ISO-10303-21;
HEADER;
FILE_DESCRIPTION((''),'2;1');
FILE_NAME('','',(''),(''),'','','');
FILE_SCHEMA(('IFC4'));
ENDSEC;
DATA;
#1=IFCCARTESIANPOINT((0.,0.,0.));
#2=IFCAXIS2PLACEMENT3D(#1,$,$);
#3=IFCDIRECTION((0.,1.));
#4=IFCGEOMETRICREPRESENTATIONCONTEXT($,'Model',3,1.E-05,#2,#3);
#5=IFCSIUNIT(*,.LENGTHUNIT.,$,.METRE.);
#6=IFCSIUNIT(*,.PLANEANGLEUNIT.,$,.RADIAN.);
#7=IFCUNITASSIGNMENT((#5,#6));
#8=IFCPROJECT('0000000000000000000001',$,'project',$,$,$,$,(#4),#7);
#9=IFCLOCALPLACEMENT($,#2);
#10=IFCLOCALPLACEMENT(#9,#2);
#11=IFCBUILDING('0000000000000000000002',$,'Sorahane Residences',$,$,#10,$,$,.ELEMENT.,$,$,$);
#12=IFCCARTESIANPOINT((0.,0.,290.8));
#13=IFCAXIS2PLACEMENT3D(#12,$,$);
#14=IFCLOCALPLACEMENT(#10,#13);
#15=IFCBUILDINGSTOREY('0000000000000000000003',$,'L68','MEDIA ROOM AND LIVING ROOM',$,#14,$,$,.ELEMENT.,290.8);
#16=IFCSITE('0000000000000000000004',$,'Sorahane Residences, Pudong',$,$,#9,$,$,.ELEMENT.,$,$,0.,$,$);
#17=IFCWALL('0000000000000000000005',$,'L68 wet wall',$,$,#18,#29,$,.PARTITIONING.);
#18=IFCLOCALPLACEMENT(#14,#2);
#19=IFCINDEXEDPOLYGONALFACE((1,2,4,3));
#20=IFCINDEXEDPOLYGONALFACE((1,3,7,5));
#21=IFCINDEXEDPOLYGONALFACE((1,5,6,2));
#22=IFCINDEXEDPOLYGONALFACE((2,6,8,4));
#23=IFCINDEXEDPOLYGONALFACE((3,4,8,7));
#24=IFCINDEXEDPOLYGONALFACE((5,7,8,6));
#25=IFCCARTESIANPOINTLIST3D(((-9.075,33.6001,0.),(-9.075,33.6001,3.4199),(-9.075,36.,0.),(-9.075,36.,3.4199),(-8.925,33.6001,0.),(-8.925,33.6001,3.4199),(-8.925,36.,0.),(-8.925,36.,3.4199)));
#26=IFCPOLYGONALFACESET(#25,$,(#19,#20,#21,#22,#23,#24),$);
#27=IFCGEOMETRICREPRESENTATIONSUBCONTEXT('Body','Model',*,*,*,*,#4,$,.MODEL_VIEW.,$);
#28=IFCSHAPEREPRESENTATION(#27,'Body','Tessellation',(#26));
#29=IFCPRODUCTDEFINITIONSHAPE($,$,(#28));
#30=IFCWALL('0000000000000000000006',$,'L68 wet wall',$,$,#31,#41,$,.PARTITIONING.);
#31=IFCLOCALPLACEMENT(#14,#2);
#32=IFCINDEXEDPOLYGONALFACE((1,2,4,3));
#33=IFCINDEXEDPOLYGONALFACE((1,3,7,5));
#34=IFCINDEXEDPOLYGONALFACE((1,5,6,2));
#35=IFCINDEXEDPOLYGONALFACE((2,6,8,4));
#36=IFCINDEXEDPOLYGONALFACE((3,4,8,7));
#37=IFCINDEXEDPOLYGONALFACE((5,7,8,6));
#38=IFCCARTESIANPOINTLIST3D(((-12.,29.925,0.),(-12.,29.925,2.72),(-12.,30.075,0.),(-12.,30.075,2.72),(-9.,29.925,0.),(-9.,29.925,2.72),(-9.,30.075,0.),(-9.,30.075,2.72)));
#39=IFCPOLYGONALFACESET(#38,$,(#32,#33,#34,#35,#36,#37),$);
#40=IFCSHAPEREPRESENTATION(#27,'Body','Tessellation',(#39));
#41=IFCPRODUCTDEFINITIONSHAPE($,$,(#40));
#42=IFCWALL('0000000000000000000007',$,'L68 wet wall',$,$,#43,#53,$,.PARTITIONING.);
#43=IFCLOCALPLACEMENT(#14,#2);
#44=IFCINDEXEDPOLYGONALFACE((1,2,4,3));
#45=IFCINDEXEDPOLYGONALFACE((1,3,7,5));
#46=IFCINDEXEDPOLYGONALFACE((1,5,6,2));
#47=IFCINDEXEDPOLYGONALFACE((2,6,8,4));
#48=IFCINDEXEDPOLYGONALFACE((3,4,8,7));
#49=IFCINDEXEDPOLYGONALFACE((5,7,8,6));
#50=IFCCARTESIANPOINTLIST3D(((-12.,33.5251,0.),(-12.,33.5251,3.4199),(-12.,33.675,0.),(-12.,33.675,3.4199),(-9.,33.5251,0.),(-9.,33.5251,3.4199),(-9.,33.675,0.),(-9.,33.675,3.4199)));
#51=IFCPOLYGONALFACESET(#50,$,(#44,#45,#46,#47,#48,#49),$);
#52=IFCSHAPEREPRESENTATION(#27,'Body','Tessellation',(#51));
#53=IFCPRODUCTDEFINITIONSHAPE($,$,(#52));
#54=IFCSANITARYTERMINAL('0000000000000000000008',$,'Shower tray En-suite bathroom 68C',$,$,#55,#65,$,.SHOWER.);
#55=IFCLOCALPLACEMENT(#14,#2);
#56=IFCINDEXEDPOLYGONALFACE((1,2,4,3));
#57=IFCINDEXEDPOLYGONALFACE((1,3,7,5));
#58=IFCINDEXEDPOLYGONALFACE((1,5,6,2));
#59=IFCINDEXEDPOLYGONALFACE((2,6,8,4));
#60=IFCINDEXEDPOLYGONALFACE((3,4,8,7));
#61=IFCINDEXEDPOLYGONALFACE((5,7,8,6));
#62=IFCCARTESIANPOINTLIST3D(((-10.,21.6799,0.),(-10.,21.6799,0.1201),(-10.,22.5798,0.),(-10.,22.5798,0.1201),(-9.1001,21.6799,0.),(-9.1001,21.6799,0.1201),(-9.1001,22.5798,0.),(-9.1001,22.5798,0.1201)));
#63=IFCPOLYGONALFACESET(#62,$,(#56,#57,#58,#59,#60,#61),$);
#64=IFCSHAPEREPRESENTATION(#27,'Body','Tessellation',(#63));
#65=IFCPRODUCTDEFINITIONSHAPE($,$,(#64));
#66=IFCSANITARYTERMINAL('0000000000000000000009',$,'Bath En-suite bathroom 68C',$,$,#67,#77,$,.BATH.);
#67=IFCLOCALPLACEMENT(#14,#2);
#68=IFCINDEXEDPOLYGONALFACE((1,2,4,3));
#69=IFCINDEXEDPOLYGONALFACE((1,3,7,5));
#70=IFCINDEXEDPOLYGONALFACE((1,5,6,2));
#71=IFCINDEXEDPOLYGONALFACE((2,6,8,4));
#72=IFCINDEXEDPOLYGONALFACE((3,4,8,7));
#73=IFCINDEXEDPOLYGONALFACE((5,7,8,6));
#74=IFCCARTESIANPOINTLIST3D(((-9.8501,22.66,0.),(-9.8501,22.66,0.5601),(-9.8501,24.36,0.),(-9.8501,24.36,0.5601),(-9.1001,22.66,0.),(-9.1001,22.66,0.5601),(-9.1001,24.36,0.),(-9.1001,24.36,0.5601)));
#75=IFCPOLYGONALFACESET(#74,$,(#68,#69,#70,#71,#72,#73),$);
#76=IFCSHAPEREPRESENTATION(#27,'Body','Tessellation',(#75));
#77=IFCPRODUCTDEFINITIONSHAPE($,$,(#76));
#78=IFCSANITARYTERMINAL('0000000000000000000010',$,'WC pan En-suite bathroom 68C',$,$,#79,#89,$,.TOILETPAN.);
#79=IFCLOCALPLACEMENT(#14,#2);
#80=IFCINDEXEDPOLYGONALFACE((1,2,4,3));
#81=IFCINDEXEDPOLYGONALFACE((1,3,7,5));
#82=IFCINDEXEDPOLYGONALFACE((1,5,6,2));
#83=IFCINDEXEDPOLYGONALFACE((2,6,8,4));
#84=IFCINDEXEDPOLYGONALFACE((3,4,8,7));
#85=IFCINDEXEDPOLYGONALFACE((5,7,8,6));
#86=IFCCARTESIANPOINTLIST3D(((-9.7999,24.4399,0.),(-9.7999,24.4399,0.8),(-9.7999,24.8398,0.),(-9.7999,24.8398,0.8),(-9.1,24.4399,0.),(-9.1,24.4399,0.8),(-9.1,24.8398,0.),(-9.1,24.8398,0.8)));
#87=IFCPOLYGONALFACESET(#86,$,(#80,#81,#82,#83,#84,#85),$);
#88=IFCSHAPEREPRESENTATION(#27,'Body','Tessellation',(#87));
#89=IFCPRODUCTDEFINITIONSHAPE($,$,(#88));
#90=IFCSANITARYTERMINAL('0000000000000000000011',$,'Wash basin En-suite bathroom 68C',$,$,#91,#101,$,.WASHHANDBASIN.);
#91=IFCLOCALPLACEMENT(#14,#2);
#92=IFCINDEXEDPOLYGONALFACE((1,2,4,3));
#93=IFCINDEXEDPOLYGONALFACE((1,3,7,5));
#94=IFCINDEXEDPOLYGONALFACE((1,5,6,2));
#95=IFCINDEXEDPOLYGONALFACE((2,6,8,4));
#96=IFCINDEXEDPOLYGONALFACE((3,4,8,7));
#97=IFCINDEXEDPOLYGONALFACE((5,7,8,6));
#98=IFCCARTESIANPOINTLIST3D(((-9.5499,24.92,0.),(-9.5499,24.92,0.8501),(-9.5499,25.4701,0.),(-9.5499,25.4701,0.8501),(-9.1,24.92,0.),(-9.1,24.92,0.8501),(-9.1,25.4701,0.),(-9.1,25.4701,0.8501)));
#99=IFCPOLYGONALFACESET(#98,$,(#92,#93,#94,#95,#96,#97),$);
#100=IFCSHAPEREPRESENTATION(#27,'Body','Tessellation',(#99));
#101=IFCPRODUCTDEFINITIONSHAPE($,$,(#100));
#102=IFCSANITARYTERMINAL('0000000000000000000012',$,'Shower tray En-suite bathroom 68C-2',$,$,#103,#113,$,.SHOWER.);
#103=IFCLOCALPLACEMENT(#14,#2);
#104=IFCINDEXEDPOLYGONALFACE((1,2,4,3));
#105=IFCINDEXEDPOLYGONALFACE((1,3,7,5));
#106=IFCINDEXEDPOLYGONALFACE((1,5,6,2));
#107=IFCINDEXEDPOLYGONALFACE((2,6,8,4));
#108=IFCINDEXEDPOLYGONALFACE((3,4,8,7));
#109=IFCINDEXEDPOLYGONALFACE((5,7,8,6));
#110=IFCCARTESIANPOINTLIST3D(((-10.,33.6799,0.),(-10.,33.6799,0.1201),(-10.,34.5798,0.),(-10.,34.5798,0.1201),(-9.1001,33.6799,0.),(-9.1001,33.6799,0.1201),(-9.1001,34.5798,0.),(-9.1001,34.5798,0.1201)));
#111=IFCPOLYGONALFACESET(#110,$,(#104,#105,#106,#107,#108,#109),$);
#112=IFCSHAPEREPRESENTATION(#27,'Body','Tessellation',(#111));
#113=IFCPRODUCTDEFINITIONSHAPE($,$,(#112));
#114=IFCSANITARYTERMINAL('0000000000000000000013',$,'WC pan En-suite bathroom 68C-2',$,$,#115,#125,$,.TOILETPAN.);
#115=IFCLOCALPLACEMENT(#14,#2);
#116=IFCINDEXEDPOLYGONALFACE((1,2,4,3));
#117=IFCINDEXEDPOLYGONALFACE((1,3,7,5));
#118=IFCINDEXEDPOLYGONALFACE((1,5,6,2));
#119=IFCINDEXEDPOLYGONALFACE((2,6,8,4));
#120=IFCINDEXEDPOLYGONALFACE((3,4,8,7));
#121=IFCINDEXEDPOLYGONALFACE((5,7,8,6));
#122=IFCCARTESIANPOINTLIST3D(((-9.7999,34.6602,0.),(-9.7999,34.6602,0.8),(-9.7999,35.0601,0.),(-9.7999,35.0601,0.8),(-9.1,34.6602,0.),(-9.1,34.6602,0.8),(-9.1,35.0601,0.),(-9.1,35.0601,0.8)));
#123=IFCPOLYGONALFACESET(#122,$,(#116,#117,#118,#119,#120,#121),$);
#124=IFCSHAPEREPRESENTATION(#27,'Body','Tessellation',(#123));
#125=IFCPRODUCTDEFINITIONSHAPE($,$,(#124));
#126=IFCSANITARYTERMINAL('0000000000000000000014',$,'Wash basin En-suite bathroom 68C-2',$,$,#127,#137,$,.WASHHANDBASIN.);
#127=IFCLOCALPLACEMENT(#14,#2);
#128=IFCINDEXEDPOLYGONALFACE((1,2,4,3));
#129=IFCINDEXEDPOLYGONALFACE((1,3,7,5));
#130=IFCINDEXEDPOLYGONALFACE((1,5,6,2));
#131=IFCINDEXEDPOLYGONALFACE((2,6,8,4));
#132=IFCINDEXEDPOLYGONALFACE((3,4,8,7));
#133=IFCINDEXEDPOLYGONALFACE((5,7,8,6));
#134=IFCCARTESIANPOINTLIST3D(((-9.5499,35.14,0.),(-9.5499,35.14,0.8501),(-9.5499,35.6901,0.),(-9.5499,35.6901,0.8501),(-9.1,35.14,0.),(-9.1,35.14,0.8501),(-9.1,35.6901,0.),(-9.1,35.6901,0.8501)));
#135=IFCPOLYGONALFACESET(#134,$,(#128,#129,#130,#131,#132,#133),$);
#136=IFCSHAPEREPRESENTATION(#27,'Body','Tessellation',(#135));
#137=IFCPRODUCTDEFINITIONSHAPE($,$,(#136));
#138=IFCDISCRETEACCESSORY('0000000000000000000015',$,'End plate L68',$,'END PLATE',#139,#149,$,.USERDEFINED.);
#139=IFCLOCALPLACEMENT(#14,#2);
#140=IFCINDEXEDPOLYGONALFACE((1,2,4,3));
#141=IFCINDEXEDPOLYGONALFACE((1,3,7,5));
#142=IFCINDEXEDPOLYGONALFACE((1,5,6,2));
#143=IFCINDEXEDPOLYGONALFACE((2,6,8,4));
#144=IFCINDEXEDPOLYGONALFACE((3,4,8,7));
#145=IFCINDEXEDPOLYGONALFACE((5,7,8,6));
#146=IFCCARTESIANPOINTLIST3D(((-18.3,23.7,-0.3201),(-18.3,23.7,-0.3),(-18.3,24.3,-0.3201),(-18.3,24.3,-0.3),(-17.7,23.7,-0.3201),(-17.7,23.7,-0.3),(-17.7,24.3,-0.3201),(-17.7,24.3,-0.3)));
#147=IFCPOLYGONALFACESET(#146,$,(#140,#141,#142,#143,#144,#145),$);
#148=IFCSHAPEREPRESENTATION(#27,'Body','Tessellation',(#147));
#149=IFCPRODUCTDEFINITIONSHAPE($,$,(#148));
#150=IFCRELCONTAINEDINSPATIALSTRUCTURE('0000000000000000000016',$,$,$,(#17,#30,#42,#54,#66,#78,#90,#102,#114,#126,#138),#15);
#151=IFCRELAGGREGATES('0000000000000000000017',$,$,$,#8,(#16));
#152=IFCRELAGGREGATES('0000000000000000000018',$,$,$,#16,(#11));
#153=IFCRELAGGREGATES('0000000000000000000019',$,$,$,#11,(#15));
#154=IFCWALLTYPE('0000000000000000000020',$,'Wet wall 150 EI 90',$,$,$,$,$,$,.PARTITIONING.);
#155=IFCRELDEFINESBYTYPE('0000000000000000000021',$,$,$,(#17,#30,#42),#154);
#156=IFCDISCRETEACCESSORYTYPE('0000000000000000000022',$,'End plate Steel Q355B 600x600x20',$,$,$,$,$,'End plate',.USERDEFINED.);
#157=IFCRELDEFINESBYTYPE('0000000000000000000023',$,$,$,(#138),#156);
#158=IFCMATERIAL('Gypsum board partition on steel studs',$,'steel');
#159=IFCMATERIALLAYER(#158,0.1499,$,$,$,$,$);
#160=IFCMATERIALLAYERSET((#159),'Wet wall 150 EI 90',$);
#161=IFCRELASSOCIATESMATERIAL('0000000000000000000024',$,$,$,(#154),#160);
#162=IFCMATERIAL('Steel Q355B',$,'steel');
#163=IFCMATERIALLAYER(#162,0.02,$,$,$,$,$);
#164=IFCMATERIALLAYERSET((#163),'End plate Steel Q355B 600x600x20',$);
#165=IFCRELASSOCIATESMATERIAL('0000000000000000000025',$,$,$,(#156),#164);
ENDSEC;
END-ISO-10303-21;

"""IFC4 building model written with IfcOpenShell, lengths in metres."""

from ifc_helpers import new_model, si_unit, direction, frame, frame_2d, origin, origin_2d, place, context, subcontext, project, spatial, rectangle, extrude, material, layer, layer_set, type_object, element, save


model = new_model("IFC4")

# Units and contexts
model_context = context("Model", 3, precision=1e-05, world=origin(), true_north=direction((0.0, 1.0)))
body_context = subcontext(model_context, "Body", "Model", "MODEL_VIEW")
ifc_project = project(units=[si_unit("LENGTHUNIT", "METRE"), si_unit("PLANEANGLEUNIT", "RADIAN")], contexts=[model_context])

# Site, building, storey
site_placement = place(None, origin())
site = spatial("IfcSite", under=ifc_project, at=site_placement, Name="Sorahane Residences, Pudong", CompositionType="ELEMENT", RefElevation=0.0)
building_placement = place(site_placement, origin())
building = spatial("IfcBuilding", under=site, at=building_placement, Name="Sorahane Residences", CompositionType="ELEMENT")
storey_placement = place(building_placement, frame((0.0, 0.0, 290.8)))
storey = spatial("IfcBuildingStorey", under=building, at=storey_placement, Name="L68", Description="MEDIA ROOM AND LIVING ROOM", CompositionType="ELEMENT", Elevation=290.8)

# Shared definitions
ifc_material_1 = material(Name="Gypsum board partition on steel studs", Category="steel")
ifc_layer_1 = layer(ifc_material_1, 0.1499)
ifc_layer_set_1 = layer_set([ifc_layer_1], Name="Wet wall 150 EI 90")
wall_type_1 = type_object("IfcWallType", Name="Wet wall 150 EI 90", PredefinedType="PARTITIONING", material=ifc_layer_set_1)

# Walls
wall_1_placement = place(storey_placement, frame((-9.0, 33.6001, 0.0), z_axis=(0.0, 0.0, 1.0), x_axis=(0.0, 1.0, 0.0)))
element("IfcWall", 1, at=wall_1_placement, inside=storey, type_object=wall_type_1, Name="L68 wet wall", PredefinedType="PARTITIONING", context=body_context, shape_type="SweptSolid", body=[
    extrude(rectangle(XDim=2.3999, YDim=0.1499, at=frame_2d((1.2, 0.0))), origin(), (0.0, 0.0, 1.0), 3.4199),
])
wall_2_placement = place(storey_placement, frame((-12.0, 30.0, 0.0), z_axis=(0.0, 0.0, 1.0), x_axis=(1.0, 0.0, 0.0)))
element("IfcWall", 2, at=wall_2_placement, inside=storey, type_object=wall_type_1, Name="L68 wet wall", PredefinedType="PARTITIONING", context=body_context, shape_type="SweptSolid", body=[
    extrude(rectangle(XDim=3.0, YDim=0.1499, at=frame_2d((1.5, 0.0))), origin(), (0.0, 0.0, 1.0), 2.72),
])
wall_3_placement = place(storey_placement, frame((-12.0, 33.6001, 0.0), z_axis=(0.0, 0.0, 1.0), x_axis=(1.0, 0.0, 0.0)))
element("IfcWall", 3, at=wall_3_placement, inside=storey, type_object=wall_type_1, Name="L68 wet wall", PredefinedType="PARTITIONING", context=body_context, shape_type="SweptSolid", body=[
    extrude(rectangle(XDim=3.0, YDim=0.1499, at=frame_2d((1.5, 0.0))), origin(), (0.0, 0.0, 1.0), 3.4199),
])

# Sanitary terminals
sanitary_terminal_1_placement = place(storey_placement, frame((-9.55, 22.1299, 0.0), z_axis=(0.0, 0.0, 1.0), x_axis=(0.0, -1.0, 0.0)))
element("IfcSanitaryTerminal", 4, at=sanitary_terminal_1_placement, inside=storey, Name="Shower tray En-suite bathroom 68C", PredefinedType="SHOWER", context=body_context, shape_type="SweptSolid", body=[
    extrude(rectangle(XDim=0.8999, YDim=0.8999, at=origin_2d()), origin(), (0.0, 0.0, 1.0), 0.1201),
])
sanitary_terminal_2_placement = place(storey_placement, frame((-9.4751, 23.51, 0.0), z_axis=(0.0, 0.0, 1.0), x_axis=(0.0, -1.0, 0.0)))
element("IfcSanitaryTerminal", 5, at=sanitary_terminal_2_placement, inside=storey, Name="Bath En-suite bathroom 68C", PredefinedType="BATH", context=body_context, shape_type="SweptSolid", body=[
    extrude(rectangle(XDim=1.7, YDim=0.75, at=origin_2d()), origin(), (0.0, 0.0, 1.0), 0.5601),
])
sanitary_terminal_3_placement = place(storey_placement, frame((-9.45, 24.6399, 0.0), z_axis=(0.0, 0.0, 1.0), x_axis=(0.0, -1.0, 0.0)))
element("IfcSanitaryTerminal", 6, at=sanitary_terminal_3_placement, inside=storey, Name="WC pan En-suite bathroom 68C", PredefinedType="TOILETPAN", context=body_context, shape_type="SweptSolid", body=[
    extrude(rectangle(XDim=0.3999, YDim=0.7, at=origin_2d()), origin(), (0.0, 0.0, 1.0), 0.8),
])
sanitary_terminal_4_placement = place(storey_placement, frame((-9.325, 25.1951, 0.0), z_axis=(0.0, 0.0, 1.0), x_axis=(0.0, -1.0, 0.0)))
element("IfcSanitaryTerminal", 7, at=sanitary_terminal_4_placement, inside=storey, Name="Wash basin En-suite bathroom 68C", PredefinedType="WASHHANDBASIN", context=body_context, shape_type="SweptSolid", body=[
    extrude(rectangle(XDim=0.55, YDim=0.45, at=origin_2d()), origin(), (0.0, 0.0, 1.0), 0.8501),
])
sanitary_terminal_5_placement = place(storey_placement, frame((-9.55, 34.1299, 0.0), z_axis=(0.0, 0.0, 1.0), x_axis=(0.0, -1.0, 0.0)))
element("IfcSanitaryTerminal", 8, at=sanitary_terminal_5_placement, inside=storey, Name="Shower tray En-suite bathroom 68C-2", PredefinedType="SHOWER", context=body_context, shape_type="SweptSolid", body=[
    extrude(rectangle(XDim=0.8999, YDim=0.8999, at=origin_2d()), origin(), (0.0, 0.0, 1.0), 0.1201),
])
sanitary_terminal_6_placement = place(storey_placement, frame((-9.45, 34.8601, 0.0), z_axis=(0.0, 0.0, 1.0), x_axis=(0.0, -1.0, 0.0)))
element("IfcSanitaryTerminal", 9, at=sanitary_terminal_6_placement, inside=storey, Name="WC pan En-suite bathroom 68C-2", PredefinedType="TOILETPAN", context=body_context, shape_type="SweptSolid", body=[
    extrude(rectangle(XDim=0.3999, YDim=0.7, at=origin_2d()), origin(), (0.0, 0.0, 1.0), 0.8),
])
sanitary_terminal_7_placement = place(storey_placement, frame((-9.325, 35.415, 0.0), z_axis=(0.0, 0.0, 1.0), x_axis=(0.0, -1.0, 0.0)))
element("IfcSanitaryTerminal", 10, at=sanitary_terminal_7_placement, inside=storey, Name="Wash basin En-suite bathroom 68C-2", PredefinedType="WASHHANDBASIN", context=body_context, shape_type="SweptSolid", body=[
    extrude(rectangle(XDim=0.55, YDim=0.45, at=origin_2d()), origin(), (0.0, 0.0, 1.0), 0.8501),
])

# Discrete accessory
ifc_material_2 = material(Name="Steel Q355B", Category="steel")
ifc_layer_2 = layer(ifc_material_2, 0.02)
ifc_layer_set_2 = layer_set([ifc_layer_2], Name="End plate Steel Q355B 600x600x20")
discrete_accessory_type = type_object("IfcDiscreteAccessoryType", Name="End plate Steel Q355B 600x600x20", ElementType="End plate", PredefinedType="USERDEFINED", material=ifc_layer_set_2)
discrete_accessory_placement = place(storey_placement, frame((-18.0, 24.0, -0.3201), z_axis=(0.0, 0.0, 1.0), x_axis=(1.0, 0.0, 0.0)))
element("IfcDiscreteAccessory", 11, at=discrete_accessory_placement, inside=storey, type_object=discrete_accessory_type, Name="End plate L68", ObjectType="END PLATE", PredefinedType="USERDEFINED", context=body_context, shape_type="SweptSolid", body=[
    extrude(rectangle(XDim=0.6001, YDim=0.6001, at=origin_2d()), origin(), (0.0, 0.0, 1.0), 0.02),
])

save(model, "model.ifc")
